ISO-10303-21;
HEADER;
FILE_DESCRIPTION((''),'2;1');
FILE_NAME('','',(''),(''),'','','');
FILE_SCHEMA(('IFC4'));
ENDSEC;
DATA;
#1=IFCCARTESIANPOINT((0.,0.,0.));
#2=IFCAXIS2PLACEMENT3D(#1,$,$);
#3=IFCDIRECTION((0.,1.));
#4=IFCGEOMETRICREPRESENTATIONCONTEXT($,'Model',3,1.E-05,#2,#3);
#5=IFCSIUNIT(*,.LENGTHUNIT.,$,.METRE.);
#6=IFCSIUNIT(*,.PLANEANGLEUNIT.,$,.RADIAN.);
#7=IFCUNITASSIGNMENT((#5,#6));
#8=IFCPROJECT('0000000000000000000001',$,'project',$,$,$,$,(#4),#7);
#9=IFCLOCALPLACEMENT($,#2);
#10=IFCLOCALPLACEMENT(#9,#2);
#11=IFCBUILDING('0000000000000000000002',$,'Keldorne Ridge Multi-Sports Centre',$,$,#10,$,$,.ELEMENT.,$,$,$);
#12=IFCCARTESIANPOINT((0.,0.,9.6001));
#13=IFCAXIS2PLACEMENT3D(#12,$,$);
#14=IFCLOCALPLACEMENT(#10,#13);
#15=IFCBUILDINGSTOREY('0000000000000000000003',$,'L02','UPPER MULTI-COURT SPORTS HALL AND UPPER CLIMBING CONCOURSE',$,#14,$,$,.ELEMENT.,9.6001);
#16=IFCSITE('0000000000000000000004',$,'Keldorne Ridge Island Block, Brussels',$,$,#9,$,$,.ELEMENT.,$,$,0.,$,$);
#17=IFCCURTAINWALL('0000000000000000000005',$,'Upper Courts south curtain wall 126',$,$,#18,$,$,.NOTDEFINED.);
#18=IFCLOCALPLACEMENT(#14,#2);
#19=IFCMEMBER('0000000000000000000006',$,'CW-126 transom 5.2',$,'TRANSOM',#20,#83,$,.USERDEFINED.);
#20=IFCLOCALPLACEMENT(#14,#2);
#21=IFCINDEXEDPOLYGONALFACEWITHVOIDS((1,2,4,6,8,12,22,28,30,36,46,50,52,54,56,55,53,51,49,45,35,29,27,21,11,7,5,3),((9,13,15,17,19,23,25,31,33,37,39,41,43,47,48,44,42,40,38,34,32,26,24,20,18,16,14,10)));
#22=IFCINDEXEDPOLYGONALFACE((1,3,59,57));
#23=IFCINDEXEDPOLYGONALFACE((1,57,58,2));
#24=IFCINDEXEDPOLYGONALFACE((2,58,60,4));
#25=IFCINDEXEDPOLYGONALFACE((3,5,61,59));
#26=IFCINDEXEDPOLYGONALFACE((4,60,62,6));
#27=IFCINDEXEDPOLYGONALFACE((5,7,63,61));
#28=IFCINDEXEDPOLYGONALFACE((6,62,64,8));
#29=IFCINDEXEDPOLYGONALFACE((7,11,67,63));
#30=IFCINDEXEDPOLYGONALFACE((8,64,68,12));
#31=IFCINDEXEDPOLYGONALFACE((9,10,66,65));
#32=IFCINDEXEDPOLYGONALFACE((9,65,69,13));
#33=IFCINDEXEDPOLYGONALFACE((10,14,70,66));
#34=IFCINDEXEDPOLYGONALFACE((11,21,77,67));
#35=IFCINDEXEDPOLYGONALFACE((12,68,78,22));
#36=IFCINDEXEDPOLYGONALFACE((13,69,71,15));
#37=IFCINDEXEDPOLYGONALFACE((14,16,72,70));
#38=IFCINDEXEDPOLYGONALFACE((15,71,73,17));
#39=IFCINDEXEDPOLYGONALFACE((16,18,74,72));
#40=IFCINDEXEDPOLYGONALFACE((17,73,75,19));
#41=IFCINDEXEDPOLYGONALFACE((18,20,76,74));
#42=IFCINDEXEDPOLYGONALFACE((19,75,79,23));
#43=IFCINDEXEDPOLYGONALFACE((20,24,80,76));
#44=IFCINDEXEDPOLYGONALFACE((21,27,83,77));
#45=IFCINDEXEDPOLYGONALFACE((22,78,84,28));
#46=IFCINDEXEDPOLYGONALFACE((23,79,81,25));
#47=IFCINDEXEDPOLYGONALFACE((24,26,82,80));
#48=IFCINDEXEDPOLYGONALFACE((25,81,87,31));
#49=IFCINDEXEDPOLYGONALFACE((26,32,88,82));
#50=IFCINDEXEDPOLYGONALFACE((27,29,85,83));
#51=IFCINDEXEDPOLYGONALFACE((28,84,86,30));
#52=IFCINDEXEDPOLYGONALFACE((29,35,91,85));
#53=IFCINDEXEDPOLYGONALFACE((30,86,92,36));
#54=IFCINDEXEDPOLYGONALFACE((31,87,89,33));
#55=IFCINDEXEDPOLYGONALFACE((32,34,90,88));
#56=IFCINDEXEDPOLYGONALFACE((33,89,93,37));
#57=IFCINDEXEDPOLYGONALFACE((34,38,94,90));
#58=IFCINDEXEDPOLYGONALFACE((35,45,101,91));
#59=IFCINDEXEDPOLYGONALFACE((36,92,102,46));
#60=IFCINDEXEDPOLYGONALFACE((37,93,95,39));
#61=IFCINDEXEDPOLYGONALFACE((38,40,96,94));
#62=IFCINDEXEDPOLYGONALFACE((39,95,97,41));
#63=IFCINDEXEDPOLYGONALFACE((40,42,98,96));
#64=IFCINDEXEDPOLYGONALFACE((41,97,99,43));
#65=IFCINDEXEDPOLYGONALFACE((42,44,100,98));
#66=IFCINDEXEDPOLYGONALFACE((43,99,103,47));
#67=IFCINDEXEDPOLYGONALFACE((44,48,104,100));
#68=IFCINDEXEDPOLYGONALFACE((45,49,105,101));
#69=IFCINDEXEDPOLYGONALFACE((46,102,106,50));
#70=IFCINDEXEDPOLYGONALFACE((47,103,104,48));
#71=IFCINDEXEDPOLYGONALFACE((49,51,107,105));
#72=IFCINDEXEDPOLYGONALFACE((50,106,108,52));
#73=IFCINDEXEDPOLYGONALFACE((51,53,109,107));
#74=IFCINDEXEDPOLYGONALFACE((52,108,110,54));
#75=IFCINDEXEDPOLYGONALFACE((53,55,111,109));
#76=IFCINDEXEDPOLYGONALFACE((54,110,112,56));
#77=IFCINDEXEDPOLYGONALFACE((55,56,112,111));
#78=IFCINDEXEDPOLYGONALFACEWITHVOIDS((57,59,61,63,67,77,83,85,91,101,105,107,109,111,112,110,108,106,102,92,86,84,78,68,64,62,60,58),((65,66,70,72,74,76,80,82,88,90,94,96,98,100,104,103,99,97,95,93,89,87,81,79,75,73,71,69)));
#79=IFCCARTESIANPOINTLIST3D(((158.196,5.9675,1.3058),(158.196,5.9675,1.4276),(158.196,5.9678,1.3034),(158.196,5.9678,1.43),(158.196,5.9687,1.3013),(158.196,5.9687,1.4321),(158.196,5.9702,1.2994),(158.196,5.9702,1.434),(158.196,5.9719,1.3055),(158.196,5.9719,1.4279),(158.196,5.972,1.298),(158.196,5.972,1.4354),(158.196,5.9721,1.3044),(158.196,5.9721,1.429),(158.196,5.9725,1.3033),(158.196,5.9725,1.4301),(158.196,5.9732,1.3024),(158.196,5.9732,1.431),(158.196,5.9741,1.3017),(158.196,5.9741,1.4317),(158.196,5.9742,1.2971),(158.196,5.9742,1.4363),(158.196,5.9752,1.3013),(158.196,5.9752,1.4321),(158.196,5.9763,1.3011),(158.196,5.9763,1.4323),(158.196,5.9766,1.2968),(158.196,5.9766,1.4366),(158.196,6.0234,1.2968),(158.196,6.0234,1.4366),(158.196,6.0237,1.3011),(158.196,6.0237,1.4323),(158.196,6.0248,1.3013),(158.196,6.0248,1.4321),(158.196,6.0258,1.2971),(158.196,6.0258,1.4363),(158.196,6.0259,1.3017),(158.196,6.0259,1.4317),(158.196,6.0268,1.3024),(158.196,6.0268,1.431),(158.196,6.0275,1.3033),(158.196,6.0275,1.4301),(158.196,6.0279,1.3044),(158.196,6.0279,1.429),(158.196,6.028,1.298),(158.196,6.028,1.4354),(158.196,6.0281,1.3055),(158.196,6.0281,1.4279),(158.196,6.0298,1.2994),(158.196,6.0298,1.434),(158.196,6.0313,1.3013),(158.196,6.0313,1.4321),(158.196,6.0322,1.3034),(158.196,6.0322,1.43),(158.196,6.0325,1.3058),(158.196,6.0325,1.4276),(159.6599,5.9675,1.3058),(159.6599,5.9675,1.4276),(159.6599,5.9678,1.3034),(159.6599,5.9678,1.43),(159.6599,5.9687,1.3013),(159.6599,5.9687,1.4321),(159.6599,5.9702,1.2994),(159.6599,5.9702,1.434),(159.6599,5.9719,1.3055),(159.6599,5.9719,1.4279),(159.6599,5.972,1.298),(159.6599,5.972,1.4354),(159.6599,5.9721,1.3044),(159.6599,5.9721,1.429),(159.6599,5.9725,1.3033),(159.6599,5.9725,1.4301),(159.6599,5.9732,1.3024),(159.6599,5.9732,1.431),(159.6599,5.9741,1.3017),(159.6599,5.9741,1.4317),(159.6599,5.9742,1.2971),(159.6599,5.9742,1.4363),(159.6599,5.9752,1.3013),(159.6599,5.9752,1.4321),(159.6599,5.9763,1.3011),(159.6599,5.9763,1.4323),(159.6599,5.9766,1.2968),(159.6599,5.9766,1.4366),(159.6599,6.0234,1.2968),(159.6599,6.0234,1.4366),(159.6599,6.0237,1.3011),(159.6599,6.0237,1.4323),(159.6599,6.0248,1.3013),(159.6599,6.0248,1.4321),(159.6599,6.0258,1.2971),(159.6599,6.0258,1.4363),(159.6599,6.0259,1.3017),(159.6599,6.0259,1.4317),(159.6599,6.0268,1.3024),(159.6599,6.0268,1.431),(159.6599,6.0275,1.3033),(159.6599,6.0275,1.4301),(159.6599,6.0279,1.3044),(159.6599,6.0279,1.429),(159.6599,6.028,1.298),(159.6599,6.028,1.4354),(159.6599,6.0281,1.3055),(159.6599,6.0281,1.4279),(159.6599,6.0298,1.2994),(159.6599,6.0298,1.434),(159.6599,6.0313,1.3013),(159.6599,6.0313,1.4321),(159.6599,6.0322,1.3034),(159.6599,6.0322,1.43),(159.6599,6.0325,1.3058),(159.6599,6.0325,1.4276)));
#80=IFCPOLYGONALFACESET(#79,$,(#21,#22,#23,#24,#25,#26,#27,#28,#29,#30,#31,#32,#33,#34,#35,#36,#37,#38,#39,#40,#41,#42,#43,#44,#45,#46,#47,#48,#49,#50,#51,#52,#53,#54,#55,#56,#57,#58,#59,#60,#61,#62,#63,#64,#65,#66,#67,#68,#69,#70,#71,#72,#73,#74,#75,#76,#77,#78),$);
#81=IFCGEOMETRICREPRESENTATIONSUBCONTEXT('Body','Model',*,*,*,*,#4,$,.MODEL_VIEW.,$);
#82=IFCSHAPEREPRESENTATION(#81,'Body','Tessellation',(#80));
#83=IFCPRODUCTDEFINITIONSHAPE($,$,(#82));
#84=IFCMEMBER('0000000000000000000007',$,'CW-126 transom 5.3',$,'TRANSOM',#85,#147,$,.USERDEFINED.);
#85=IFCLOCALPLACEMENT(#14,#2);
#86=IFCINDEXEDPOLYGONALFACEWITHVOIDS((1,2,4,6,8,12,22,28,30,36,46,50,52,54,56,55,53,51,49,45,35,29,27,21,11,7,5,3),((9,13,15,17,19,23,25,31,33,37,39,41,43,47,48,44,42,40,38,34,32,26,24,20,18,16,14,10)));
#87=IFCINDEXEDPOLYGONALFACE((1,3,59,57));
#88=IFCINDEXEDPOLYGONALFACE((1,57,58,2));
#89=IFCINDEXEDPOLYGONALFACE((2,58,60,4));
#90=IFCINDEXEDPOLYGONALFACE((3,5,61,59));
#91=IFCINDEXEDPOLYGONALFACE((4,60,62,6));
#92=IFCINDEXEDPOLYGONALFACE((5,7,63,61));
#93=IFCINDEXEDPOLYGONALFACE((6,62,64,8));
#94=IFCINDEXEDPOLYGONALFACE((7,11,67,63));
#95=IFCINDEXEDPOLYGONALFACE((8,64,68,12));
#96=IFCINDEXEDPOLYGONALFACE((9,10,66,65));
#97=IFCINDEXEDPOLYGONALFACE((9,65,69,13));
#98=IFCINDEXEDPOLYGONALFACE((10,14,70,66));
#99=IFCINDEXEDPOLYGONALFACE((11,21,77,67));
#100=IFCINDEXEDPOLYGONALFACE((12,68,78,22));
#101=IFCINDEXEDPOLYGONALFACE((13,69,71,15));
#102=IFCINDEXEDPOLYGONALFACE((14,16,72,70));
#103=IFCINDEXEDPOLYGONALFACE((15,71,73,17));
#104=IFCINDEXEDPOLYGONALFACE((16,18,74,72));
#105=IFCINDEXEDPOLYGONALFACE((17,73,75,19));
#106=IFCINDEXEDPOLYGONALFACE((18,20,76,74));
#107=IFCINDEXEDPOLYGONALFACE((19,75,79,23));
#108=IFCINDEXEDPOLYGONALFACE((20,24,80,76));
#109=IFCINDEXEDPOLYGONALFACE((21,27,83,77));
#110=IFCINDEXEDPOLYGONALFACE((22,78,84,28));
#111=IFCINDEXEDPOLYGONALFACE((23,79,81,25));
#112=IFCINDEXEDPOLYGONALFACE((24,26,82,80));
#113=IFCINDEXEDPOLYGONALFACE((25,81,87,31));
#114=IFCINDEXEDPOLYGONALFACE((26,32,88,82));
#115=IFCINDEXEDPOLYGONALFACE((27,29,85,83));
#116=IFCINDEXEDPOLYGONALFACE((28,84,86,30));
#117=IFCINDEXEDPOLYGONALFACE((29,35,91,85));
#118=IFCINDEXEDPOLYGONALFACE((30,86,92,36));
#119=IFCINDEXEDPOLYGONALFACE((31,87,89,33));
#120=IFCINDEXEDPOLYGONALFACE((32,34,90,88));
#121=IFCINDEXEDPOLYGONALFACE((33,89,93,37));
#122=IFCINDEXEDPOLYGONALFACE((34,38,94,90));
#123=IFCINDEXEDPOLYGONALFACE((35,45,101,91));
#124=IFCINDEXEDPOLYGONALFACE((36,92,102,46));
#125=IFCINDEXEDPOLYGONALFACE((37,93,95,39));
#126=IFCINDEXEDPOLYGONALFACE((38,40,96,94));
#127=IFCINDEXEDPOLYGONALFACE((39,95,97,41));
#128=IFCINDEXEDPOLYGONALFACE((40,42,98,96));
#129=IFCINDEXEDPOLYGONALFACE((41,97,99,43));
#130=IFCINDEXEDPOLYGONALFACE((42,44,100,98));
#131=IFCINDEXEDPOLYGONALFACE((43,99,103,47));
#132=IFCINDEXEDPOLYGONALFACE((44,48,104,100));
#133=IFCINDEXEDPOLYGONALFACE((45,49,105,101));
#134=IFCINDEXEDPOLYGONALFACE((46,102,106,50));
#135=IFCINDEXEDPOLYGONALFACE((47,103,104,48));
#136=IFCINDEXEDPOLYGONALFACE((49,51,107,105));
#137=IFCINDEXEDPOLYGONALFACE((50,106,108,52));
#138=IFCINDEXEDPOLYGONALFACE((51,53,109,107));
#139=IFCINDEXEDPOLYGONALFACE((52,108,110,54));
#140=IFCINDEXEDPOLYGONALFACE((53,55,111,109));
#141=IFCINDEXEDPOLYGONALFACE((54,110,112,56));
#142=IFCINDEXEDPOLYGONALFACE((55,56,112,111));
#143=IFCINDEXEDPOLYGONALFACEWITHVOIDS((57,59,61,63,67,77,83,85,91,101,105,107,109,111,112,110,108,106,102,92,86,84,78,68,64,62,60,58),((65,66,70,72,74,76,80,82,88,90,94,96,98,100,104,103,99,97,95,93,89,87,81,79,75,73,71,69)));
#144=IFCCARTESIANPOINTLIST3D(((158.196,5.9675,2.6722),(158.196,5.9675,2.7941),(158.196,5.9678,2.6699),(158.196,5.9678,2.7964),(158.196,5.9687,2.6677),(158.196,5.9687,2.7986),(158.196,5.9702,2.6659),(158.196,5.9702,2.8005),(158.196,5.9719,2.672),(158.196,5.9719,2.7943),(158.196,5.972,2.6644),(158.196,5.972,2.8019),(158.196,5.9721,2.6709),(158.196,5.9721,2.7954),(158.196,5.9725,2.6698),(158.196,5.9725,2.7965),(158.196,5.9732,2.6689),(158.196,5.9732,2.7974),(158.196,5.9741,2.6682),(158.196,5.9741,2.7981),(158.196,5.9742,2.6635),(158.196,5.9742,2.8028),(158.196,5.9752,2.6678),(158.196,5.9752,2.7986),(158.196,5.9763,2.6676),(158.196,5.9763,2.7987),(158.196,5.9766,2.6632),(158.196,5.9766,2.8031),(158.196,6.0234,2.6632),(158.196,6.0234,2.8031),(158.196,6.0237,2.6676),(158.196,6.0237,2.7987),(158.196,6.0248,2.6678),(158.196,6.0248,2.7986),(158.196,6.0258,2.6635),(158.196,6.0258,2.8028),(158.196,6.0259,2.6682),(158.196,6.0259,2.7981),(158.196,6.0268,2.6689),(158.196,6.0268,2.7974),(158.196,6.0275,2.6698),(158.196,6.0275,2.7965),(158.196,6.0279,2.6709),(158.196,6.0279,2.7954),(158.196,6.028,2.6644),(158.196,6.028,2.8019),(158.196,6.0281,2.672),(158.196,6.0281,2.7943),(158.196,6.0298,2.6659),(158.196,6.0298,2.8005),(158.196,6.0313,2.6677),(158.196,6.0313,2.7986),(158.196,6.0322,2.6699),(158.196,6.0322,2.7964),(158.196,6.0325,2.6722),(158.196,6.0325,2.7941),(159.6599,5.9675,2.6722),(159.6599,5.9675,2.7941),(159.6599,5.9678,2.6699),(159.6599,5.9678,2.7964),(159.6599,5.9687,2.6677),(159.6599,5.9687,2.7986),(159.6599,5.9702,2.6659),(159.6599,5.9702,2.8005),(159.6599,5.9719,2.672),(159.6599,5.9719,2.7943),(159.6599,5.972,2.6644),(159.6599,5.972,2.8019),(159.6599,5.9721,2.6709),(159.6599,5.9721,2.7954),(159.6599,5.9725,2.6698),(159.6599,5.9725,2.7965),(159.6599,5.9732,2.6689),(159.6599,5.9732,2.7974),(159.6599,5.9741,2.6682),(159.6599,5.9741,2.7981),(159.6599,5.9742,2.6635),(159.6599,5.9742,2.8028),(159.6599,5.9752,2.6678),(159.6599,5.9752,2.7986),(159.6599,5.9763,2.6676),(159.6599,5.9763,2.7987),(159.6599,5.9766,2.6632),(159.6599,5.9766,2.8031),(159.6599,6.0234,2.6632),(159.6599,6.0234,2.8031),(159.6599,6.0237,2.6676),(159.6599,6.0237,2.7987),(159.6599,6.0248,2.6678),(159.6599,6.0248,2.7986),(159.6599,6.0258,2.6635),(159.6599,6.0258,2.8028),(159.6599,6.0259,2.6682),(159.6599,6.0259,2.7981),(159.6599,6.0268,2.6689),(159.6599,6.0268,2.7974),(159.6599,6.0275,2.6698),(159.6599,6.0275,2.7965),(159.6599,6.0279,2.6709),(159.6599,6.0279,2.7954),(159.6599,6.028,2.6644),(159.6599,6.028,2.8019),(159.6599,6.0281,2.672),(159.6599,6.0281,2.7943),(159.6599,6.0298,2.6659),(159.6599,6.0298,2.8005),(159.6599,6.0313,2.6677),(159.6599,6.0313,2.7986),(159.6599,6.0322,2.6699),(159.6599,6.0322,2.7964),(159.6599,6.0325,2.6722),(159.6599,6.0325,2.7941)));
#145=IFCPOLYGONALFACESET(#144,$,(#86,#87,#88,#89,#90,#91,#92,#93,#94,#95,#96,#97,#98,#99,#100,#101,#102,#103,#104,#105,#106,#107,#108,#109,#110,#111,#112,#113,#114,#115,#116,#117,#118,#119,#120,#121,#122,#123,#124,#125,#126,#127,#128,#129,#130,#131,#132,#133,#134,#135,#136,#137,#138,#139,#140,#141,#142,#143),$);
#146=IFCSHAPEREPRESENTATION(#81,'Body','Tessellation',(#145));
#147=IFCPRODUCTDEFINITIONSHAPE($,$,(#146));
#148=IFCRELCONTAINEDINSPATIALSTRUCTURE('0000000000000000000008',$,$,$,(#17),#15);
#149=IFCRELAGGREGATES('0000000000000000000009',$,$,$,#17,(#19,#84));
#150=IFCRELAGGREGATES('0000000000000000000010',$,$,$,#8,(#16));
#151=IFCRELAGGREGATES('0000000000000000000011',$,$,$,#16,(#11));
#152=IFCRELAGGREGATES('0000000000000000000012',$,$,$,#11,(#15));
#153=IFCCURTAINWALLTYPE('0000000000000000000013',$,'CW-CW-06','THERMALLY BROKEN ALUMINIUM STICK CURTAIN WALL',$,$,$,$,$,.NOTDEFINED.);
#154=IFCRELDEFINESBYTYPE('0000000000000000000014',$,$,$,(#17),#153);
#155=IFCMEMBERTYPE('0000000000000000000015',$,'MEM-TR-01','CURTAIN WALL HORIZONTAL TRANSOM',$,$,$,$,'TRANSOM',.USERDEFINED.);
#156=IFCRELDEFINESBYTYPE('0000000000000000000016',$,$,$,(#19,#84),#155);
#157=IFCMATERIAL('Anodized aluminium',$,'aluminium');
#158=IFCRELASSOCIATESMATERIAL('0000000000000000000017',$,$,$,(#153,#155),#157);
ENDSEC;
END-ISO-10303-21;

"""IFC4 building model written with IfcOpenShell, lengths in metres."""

from ifc_helpers import new_model, si_unit, direction, frame, origin, origin_2d, place, context, subcontext, project, spatial, hollow_rectangle, extrude, material, material_profile, profile_set, type_object, element, aggregate, save


model = new_model("IFC4")

# Units and contexts
model_context = context("Model", 3, precision=1e-05, world=origin(), true_north=direction((0.0, 1.0)))
body_context = subcontext(model_context, "Body", "Model", "MODEL_VIEW")
ifc_project = project(units=[si_unit("LENGTHUNIT", "METRE"), si_unit("PLANEANGLEUNIT", "RADIAN")], contexts=[model_context])

# Site, building, storey
site_placement = place(None, origin())
site = spatial("IfcSite", under=ifc_project, at=site_placement, Name="Keldorne Ridge Island Block, Brussels", CompositionType="ELEMENT", RefElevation=0.0)
building_placement = place(site_placement, origin())
building = spatial("IfcBuilding", under=site, at=building_placement, Name="Keldorne Ridge Multi-Sports Centre", CompositionType="ELEMENT")
storey_placement = place(building_placement, frame((0.0, 0.0, 9.6001)))
storey = spatial("IfcBuildingStorey", under=building, at=storey_placement, Name="L02", Description="UPPER MULTI-COURT SPORTS HALL AND UPPER CLIMBING CONCOURSE", CompositionType="ELEMENT", Elevation=9.6001)

# Curtain wall
ifc_material_1 = material(Name="Anodized aluminium", Category="aluminium")
curtain_wall_type_1 = type_object("IfcCurtainWallType", Name="CW-CW-06", Description="THERMALLY BROKEN ALUMINIUM STICK CURTAIN WALL", PredefinedType="NOTDEFINED", material=ifc_material_1)
curtain_wall_1_placement = place(storey_placement, origin())
curtain_wall_1 = element("IfcCurtainWall", 1, at=curtain_wall_1_placement, inside=storey, type_object=curtain_wall_type_1, Name="Upper Courts south curtain wall 126", PredefinedType="NOTDEFINED")

# Members
ifc_material_profile_1 = material_profile(ifc_material_1, hollow_rectangle(XDim=0.0649, YDim=0.1399, WallThickness=0.0044, InnerFilletRadius=0.0044, OuterFilletRadius=0.009, at=origin_2d()), Name="ALU TRANSOM 140x65x4.5")
ifc_profile_set_1 = profile_set([ifc_material_profile_1], Name="Anodized aluminium")
member_type_1 = type_object("IfcMemberType", Name="MEM-TR-01", Description="CURTAIN WALL HORIZONTAL TRANSOM", ElementType="TRANSOM", PredefinedType="USERDEFINED", material=ifc_profile_set_1)
member_1_placement = place(storey_placement, frame((158.196, 6.0, 1.3667), z_axis=(1.0, 0.0, 0.0), x_axis=(0.0, 1.0, 0.0)))
member_1 = element("IfcMember", 2, at=member_1_placement, type_object=member_type_1, Name="CW-126 transom 5.2", ObjectType="TRANSOM", PredefinedType="USERDEFINED", context=body_context, shape_type="SweptSolid", body=[
    extrude(hollow_rectangle(XDim=0.0649, YDim=0.1399, WallThickness=0.0044, InnerFilletRadius=0.0044, OuterFilletRadius=0.009, at=origin_2d()), origin(), (0.0, 0.0, 1.0), 1.4639),
])
member_2_placement = place(storey_placement, frame((158.196, 6.0, 2.7332), z_axis=(1.0, 0.0, 0.0), x_axis=(0.0, 1.0, 0.0)))
member_2 = element("IfcMember", 3, at=member_2_placement, type_object=member_type_1, Name="CW-126 transom 5.3", ObjectType="TRANSOM", PredefinedType="USERDEFINED", context=body_context, shape_type="SweptSolid", body=[
    extrude(hollow_rectangle(XDim=0.0649, YDim=0.1399, WallThickness=0.0044, InnerFilletRadius=0.0044, OuterFilletRadius=0.009, at=origin_2d()), origin(), (0.0, 0.0, 1.0), 1.4639),
])

aggregate(curtain_wall_1, [member_1, member_2])

save(model, "model.ifc")
